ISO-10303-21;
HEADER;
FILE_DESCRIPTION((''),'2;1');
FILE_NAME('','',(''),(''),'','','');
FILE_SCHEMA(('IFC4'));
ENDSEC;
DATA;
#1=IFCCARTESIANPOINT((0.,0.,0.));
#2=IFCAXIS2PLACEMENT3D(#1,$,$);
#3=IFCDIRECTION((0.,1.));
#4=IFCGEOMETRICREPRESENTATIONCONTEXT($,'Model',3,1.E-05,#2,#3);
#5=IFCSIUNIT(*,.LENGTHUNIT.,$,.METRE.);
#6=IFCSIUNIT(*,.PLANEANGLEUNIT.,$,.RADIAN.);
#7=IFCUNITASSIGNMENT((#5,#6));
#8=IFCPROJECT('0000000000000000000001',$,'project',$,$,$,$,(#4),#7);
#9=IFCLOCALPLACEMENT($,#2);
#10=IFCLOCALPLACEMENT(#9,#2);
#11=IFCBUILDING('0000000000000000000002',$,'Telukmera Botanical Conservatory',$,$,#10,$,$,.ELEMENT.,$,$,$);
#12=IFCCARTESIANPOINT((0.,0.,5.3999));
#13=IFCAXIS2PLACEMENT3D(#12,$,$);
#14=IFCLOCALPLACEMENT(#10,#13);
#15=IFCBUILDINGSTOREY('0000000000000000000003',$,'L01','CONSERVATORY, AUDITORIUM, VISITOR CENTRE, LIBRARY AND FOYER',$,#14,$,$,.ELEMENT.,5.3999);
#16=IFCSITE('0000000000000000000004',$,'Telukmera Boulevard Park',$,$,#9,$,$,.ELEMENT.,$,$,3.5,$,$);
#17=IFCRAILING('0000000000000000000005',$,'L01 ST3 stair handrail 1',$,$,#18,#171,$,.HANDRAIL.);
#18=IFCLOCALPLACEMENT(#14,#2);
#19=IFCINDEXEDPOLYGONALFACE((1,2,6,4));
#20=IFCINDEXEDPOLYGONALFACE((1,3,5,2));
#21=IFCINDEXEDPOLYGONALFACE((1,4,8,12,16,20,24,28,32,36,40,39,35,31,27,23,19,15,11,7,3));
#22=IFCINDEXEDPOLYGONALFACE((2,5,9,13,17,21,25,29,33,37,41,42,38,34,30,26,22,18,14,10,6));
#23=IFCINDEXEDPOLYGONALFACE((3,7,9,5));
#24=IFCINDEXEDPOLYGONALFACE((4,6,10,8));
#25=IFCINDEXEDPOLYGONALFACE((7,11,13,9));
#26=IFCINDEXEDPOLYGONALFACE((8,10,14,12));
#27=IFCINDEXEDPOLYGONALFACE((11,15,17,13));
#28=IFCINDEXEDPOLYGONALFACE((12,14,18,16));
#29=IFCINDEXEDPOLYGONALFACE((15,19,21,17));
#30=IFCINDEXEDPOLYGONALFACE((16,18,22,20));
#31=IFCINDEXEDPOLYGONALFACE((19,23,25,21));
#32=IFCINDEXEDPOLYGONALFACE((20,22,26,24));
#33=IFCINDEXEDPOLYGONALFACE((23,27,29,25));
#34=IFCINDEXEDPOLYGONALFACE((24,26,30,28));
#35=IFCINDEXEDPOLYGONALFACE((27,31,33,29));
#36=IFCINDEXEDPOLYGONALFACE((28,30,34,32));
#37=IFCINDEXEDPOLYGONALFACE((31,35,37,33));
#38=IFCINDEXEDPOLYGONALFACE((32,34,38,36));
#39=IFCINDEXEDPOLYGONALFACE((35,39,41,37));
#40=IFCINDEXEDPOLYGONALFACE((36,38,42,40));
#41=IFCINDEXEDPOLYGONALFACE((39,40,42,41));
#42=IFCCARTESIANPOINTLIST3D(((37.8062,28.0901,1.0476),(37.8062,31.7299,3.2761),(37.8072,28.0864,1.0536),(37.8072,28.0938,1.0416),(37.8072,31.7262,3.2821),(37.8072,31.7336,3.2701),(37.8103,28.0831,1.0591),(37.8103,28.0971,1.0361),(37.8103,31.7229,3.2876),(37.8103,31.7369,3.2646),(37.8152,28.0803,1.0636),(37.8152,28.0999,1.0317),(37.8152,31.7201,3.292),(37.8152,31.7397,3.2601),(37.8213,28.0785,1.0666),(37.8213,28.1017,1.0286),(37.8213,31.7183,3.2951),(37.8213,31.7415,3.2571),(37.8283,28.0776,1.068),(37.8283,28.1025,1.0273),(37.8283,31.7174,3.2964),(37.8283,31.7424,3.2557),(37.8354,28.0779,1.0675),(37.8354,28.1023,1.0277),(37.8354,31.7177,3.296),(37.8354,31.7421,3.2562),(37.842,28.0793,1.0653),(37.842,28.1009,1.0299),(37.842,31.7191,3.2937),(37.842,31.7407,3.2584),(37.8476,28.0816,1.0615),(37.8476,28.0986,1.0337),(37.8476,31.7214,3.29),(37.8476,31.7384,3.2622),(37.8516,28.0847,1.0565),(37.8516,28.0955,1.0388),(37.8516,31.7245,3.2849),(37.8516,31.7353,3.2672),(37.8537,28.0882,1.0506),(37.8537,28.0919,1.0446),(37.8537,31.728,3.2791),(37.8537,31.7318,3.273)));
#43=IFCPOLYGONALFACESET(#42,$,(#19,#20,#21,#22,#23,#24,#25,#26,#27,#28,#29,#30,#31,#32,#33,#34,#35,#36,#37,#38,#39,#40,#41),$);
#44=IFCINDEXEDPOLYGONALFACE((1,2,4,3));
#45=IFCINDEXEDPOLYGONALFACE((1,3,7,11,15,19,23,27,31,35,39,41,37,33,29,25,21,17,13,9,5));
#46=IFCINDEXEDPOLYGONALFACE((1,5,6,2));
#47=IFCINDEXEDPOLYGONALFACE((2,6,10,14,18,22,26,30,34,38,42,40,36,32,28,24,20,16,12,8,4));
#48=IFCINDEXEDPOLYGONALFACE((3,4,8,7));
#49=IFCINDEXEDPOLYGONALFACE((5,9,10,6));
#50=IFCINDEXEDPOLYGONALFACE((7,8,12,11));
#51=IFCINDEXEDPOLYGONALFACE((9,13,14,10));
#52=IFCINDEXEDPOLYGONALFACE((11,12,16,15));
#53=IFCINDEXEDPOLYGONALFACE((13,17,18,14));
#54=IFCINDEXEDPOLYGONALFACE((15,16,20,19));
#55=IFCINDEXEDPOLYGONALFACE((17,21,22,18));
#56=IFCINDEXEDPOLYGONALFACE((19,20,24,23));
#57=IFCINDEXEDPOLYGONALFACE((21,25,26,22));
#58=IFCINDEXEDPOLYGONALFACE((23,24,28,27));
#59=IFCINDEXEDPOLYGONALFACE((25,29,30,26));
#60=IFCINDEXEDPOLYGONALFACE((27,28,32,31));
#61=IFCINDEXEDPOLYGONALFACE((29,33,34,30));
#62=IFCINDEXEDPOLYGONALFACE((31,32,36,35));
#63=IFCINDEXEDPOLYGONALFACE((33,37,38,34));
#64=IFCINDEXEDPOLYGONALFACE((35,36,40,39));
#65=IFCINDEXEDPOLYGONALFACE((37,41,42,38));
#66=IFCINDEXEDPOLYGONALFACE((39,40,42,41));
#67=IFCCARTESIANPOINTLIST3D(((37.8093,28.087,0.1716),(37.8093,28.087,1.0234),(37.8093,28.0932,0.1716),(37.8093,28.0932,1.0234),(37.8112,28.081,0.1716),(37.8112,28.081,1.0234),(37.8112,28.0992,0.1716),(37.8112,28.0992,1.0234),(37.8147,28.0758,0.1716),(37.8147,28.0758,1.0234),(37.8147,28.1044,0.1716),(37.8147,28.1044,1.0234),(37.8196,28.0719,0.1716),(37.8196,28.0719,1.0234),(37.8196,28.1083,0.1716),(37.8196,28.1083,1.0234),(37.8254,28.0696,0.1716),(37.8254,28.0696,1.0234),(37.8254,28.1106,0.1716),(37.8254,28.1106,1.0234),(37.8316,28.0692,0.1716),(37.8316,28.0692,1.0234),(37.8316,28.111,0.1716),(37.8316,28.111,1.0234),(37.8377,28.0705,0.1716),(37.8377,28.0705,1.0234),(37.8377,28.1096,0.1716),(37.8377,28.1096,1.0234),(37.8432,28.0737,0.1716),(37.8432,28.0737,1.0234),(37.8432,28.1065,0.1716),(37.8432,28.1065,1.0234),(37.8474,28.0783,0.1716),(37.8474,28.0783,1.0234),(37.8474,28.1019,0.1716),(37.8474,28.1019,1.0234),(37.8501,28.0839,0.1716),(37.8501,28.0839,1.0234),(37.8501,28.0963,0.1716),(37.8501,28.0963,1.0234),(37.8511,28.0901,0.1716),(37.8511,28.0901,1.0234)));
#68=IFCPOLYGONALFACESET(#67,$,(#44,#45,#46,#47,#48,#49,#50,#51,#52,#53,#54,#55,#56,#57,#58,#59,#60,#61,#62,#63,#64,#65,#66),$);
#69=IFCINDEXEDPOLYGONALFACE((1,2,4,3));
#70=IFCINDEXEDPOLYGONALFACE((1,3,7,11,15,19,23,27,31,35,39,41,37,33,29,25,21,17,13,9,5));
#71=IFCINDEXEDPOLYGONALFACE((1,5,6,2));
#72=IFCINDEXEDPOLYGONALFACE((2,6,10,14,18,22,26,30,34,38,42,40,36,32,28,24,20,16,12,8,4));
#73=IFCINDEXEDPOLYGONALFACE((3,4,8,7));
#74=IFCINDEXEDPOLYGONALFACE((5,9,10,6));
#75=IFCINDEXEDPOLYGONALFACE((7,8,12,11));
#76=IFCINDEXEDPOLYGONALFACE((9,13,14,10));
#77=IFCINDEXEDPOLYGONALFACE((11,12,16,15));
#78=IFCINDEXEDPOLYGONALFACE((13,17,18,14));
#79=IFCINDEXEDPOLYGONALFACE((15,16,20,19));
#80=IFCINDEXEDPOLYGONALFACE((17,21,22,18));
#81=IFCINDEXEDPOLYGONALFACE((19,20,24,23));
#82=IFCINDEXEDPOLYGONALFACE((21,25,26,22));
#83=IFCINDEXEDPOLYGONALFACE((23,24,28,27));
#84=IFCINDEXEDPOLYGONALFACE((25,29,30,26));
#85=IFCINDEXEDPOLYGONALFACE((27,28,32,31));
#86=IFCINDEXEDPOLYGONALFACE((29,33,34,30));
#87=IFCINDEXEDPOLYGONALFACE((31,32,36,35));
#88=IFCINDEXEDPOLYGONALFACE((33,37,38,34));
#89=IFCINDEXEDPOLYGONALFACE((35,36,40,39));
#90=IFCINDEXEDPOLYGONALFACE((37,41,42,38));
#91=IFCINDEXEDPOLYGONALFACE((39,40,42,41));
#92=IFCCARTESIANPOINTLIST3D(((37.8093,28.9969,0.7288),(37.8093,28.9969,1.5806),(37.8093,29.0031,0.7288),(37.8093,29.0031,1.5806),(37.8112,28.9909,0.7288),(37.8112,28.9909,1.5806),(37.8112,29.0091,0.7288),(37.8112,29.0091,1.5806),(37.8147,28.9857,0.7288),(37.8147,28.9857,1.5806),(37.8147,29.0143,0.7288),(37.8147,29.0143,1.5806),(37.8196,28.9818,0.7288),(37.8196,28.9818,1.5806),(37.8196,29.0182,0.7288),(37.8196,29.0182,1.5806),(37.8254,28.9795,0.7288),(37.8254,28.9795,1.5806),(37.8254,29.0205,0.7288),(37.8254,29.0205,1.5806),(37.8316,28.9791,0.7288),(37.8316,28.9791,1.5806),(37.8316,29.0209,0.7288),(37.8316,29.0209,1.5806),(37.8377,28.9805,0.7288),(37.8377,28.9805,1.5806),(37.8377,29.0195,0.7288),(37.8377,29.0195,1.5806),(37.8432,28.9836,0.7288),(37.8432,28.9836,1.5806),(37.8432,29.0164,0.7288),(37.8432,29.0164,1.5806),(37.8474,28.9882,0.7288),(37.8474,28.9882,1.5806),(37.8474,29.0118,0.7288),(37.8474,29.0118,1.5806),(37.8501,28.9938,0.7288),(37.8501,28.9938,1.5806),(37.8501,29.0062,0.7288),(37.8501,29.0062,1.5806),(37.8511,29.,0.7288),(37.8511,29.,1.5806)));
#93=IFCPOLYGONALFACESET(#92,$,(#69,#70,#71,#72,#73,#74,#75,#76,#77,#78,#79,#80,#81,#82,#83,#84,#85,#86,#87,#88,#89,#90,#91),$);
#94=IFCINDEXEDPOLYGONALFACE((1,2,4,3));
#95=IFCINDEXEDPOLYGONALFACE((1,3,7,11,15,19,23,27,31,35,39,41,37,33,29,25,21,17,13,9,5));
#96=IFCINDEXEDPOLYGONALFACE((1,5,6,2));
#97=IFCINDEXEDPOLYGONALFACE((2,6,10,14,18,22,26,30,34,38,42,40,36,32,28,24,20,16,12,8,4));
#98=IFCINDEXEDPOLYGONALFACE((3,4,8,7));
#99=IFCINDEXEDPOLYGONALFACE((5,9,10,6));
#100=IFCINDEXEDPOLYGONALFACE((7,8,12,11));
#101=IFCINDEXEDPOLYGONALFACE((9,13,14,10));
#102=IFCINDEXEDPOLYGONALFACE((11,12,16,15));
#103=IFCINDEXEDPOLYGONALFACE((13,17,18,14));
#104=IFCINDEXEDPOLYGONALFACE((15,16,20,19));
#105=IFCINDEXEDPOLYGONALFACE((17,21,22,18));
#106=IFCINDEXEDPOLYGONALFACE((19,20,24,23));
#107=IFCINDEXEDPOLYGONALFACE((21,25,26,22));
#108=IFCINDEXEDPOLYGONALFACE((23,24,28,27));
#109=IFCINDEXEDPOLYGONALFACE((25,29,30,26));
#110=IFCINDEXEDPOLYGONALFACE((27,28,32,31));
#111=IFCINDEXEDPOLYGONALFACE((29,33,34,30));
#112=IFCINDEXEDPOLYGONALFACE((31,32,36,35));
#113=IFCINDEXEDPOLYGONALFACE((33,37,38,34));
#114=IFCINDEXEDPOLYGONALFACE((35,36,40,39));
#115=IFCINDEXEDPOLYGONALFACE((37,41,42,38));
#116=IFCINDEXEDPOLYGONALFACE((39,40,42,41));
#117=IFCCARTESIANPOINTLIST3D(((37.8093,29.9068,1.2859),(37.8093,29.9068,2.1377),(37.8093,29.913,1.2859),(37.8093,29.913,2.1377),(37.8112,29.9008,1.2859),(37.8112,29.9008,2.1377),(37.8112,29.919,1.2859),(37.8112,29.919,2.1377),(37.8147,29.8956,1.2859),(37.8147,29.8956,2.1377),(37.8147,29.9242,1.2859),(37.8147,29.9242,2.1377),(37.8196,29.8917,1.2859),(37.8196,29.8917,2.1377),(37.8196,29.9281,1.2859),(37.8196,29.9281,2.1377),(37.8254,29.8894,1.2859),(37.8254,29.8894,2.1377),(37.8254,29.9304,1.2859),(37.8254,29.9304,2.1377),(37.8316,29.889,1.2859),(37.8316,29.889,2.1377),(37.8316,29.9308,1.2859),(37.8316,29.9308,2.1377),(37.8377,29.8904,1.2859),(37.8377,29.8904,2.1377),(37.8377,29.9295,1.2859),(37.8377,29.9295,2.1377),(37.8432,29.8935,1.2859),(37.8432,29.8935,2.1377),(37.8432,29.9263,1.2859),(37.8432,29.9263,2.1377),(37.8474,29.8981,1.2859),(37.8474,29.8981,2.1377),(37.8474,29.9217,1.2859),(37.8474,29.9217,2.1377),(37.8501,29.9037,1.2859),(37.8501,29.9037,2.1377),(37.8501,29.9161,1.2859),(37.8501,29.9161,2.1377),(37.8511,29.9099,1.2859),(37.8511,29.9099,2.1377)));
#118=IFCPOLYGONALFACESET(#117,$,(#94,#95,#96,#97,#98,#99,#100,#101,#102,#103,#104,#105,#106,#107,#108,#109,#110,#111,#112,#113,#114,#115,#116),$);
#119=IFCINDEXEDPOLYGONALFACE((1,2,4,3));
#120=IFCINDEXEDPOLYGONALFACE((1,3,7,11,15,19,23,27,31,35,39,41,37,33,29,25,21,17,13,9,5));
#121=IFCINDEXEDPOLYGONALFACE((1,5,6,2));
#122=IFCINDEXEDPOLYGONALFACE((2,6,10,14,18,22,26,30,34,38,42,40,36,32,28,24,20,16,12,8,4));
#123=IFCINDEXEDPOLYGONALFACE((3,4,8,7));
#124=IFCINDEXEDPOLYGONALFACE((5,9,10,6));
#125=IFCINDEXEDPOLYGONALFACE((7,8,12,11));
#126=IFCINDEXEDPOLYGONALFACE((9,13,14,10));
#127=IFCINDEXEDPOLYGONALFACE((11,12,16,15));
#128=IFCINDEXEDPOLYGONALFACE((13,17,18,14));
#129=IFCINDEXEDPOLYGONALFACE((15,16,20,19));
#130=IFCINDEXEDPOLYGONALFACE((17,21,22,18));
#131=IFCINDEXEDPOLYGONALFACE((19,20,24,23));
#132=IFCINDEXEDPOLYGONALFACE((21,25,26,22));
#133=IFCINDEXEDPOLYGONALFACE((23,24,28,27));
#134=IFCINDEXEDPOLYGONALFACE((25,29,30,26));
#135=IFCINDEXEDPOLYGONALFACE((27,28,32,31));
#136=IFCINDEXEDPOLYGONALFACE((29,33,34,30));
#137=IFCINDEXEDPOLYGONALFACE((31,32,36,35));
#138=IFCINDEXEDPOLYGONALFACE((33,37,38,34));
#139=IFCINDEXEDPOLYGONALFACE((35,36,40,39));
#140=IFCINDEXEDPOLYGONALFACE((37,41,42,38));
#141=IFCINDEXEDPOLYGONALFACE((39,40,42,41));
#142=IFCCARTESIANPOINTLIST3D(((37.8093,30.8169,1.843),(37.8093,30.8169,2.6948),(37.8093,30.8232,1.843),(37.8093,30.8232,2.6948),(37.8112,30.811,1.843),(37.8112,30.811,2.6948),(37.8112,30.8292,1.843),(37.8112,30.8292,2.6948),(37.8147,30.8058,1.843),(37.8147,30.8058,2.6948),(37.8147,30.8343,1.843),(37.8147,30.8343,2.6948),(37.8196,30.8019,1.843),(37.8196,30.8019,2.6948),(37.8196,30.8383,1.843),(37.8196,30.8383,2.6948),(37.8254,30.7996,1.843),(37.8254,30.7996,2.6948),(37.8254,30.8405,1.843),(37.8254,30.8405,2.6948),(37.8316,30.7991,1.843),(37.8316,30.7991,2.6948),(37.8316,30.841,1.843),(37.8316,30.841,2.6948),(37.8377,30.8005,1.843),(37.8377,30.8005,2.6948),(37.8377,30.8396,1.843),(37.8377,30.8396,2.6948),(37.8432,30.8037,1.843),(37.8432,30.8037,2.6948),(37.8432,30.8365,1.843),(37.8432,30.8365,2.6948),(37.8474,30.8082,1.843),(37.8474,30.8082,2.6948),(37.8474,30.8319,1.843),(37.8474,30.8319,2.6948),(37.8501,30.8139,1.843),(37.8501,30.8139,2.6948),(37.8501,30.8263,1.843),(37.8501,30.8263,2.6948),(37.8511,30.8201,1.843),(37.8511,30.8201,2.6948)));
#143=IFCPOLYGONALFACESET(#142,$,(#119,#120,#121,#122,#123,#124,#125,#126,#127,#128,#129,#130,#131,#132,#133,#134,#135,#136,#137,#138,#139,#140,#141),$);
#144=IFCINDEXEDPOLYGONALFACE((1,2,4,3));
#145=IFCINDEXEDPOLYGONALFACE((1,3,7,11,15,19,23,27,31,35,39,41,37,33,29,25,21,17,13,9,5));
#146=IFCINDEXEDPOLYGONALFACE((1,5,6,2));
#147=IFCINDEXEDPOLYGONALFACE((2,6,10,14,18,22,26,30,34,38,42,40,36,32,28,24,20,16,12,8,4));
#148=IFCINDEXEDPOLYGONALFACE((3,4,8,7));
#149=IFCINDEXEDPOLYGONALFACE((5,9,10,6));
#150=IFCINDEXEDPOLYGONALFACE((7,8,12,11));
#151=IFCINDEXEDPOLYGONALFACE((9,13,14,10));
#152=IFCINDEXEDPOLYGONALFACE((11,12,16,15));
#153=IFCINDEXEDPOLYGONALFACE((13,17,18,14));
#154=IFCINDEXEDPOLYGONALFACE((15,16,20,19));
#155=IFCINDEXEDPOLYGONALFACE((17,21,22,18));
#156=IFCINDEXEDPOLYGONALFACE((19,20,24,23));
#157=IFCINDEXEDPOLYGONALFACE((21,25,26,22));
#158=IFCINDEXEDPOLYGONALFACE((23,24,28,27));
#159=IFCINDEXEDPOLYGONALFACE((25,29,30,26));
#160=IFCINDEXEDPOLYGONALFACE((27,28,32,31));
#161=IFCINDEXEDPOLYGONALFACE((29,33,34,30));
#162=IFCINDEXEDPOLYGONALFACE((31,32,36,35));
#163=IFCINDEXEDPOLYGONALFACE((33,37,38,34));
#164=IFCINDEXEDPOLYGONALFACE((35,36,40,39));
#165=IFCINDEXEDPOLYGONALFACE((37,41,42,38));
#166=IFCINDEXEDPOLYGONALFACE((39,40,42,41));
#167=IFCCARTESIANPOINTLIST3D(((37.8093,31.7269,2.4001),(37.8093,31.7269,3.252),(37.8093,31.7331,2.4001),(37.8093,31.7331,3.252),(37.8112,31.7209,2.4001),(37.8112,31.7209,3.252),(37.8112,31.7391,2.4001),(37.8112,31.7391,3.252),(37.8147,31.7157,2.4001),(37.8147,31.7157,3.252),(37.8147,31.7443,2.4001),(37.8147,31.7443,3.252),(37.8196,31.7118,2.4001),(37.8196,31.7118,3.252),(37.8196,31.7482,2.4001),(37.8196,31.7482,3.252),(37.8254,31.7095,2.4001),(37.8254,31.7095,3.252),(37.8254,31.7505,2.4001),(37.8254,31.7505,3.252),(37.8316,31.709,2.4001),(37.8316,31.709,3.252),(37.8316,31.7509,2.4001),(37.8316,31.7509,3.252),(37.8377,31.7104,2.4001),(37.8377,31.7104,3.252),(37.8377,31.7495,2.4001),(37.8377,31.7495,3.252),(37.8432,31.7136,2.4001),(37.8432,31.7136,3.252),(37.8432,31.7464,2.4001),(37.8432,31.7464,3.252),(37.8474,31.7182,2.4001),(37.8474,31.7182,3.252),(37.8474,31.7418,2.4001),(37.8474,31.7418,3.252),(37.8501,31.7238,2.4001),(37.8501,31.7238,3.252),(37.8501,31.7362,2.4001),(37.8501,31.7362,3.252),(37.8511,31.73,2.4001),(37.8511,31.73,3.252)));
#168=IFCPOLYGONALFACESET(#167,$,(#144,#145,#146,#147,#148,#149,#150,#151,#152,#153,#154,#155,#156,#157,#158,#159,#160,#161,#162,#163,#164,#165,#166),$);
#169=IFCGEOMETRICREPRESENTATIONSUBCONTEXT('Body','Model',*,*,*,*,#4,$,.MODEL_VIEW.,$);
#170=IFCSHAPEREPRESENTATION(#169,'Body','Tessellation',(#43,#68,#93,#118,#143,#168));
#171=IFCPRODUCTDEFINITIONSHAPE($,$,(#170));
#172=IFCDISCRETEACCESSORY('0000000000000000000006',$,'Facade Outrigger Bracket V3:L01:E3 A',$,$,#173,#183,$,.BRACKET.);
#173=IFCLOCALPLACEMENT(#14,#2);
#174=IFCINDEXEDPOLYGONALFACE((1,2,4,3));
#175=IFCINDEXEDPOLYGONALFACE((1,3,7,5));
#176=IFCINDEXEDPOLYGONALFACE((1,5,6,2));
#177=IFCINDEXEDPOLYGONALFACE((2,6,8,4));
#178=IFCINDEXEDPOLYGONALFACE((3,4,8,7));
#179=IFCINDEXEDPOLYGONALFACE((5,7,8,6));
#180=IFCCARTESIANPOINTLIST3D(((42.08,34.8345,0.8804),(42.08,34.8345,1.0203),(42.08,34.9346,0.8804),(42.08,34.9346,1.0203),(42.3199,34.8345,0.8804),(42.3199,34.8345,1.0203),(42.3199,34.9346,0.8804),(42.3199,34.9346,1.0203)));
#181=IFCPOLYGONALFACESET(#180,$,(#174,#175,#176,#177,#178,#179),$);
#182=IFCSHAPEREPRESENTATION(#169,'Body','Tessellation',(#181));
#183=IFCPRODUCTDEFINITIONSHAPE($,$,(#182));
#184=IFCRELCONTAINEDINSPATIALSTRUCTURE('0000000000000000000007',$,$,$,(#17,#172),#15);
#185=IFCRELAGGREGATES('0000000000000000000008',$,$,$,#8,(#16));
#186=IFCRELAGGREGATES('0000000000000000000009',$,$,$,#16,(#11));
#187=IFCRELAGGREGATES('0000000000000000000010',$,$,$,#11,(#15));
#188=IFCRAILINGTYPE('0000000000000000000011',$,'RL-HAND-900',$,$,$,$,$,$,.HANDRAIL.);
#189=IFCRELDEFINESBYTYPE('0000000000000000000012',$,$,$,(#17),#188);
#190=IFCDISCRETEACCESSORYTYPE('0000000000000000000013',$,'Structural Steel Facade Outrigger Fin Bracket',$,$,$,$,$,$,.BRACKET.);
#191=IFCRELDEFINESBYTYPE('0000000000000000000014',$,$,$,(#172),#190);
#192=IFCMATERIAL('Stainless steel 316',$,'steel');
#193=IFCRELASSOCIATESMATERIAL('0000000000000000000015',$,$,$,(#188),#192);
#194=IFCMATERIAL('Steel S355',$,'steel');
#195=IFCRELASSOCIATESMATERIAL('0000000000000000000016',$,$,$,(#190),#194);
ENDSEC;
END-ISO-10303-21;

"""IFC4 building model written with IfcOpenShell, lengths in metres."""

from ifc_helpers import new_model, si_unit, direction, frame, origin, origin_2d, place, context, subcontext, project, spatial, rectangle, circle, extrude, material, type_object, element, save


model = new_model("IFC4")

# Units and contexts
model_context = context("Model", 3, precision=1e-05, world=origin(), true_north=direction((0.0, 1.0)))
body_context = subcontext(model_context, "Body", "Model", "MODEL_VIEW")
ifc_project = project(units=[si_unit("LENGTHUNIT", "METRE"), si_unit("PLANEANGLEUNIT", "RADIAN")], contexts=[model_context])

# Site, building, storey
site_placement = place(None, origin())
site = spatial("IfcSite", under=ifc_project, at=site_placement, Name="Telukmera Boulevard Park", CompositionType="ELEMENT", RefElevation=3.5)
building_placement = place(site_placement, origin())
building = spatial("IfcBuilding", under=site, at=building_placement, Name="Telukmera Botanical Conservatory", CompositionType="ELEMENT")
storey_placement = place(building_placement, frame((0.0, 0.0, 5.3999)))
storey = spatial("IfcBuildingStorey", under=building, at=storey_placement, Name="L01", Description="CONSERVATORY, AUDITORIUM, VISITOR CENTRE, LIBRARY AND FOYER", CompositionType="ELEMENT", Elevation=5.3999)

# Shared definitions
ifc_material_1 = material(Name="Steel S355", Category="steel")

# Railing
ifc_material_2 = material(Name="Stainless steel 316", Category="steel")
railing_type_1 = type_object("IfcRailingType", Name="RL-HAND-900", PredefinedType="HANDRAIL", material=ifc_material_2)
railing_1_placement = place(storey_placement, frame((37.8301, 28.0901, 0.1716)))
element("IfcRailing", 1, at=railing_1_placement, inside=storey, type_object=railing_type_1, Name="L01 ST3 stair handrail 1", PredefinedType="HANDRAIL", context=body_context, shape_type="SweptSolid", body=[
    extrude(circle(Radius=0.0239, at=origin_2d()), frame((0.0, 0.0, 0.876), z_axis=(0.0, 0.85285, 0.522156), x_axis=(-1.0, 0.0, 0.0)), (0.0, 0.0, 1.0), 4.2678),
    extrude(circle(Radius=0.021, at=origin_2d()), origin(), (0.0, 0.0, 1.0), 0.8518),
    extrude(circle(Radius=0.021, at=origin_2d()), frame((0.0, 0.9099, 0.5571)), (0.0, 0.0, 1.0), 0.8518),
    extrude(circle(Radius=0.021, at=origin_2d()), frame((0.0, 1.8198, 1.1143)), (0.0, 0.0, 1.0), 0.8518),
    extrude(circle(Radius=0.021, at=origin_2d()), frame((0.0, 2.73, 1.6714)), (0.0, 0.0, 1.0), 0.8518),
    extrude(circle(Radius=0.021, at=origin_2d()), frame((0.0, 3.6399, 2.2285)), (0.0, 0.0, 1.0), 0.8518),
])

# Discrete accessory
discrete_accessory_type = type_object("IfcDiscreteAccessoryType", Name="Structural Steel Facade Outrigger Fin Bracket", PredefinedType="BRACKET", material=ifc_material_1)
discrete_accessory_placement = place(storey_placement, frame((42.2, 34.8845, 0.8804), z_axis=(0.0, 0.0, 1.0), x_axis=(0.0, 1.0, 0.0)))
element("IfcDiscreteAccessory", 2, at=discrete_accessory_placement, inside=storey, type_object=discrete_accessory_type, Name="Facade Outrigger Bracket V3:L01:E3 A", PredefinedType="BRACKET", context=body_context, shape_type="SweptSolid", body=[
    extrude(rectangle(XDim=0.1001, YDim=0.24, at=origin_2d()), origin(), (0.0, 0.0, 1.0), 0.1399),
])

save(model, "model.ifc")
